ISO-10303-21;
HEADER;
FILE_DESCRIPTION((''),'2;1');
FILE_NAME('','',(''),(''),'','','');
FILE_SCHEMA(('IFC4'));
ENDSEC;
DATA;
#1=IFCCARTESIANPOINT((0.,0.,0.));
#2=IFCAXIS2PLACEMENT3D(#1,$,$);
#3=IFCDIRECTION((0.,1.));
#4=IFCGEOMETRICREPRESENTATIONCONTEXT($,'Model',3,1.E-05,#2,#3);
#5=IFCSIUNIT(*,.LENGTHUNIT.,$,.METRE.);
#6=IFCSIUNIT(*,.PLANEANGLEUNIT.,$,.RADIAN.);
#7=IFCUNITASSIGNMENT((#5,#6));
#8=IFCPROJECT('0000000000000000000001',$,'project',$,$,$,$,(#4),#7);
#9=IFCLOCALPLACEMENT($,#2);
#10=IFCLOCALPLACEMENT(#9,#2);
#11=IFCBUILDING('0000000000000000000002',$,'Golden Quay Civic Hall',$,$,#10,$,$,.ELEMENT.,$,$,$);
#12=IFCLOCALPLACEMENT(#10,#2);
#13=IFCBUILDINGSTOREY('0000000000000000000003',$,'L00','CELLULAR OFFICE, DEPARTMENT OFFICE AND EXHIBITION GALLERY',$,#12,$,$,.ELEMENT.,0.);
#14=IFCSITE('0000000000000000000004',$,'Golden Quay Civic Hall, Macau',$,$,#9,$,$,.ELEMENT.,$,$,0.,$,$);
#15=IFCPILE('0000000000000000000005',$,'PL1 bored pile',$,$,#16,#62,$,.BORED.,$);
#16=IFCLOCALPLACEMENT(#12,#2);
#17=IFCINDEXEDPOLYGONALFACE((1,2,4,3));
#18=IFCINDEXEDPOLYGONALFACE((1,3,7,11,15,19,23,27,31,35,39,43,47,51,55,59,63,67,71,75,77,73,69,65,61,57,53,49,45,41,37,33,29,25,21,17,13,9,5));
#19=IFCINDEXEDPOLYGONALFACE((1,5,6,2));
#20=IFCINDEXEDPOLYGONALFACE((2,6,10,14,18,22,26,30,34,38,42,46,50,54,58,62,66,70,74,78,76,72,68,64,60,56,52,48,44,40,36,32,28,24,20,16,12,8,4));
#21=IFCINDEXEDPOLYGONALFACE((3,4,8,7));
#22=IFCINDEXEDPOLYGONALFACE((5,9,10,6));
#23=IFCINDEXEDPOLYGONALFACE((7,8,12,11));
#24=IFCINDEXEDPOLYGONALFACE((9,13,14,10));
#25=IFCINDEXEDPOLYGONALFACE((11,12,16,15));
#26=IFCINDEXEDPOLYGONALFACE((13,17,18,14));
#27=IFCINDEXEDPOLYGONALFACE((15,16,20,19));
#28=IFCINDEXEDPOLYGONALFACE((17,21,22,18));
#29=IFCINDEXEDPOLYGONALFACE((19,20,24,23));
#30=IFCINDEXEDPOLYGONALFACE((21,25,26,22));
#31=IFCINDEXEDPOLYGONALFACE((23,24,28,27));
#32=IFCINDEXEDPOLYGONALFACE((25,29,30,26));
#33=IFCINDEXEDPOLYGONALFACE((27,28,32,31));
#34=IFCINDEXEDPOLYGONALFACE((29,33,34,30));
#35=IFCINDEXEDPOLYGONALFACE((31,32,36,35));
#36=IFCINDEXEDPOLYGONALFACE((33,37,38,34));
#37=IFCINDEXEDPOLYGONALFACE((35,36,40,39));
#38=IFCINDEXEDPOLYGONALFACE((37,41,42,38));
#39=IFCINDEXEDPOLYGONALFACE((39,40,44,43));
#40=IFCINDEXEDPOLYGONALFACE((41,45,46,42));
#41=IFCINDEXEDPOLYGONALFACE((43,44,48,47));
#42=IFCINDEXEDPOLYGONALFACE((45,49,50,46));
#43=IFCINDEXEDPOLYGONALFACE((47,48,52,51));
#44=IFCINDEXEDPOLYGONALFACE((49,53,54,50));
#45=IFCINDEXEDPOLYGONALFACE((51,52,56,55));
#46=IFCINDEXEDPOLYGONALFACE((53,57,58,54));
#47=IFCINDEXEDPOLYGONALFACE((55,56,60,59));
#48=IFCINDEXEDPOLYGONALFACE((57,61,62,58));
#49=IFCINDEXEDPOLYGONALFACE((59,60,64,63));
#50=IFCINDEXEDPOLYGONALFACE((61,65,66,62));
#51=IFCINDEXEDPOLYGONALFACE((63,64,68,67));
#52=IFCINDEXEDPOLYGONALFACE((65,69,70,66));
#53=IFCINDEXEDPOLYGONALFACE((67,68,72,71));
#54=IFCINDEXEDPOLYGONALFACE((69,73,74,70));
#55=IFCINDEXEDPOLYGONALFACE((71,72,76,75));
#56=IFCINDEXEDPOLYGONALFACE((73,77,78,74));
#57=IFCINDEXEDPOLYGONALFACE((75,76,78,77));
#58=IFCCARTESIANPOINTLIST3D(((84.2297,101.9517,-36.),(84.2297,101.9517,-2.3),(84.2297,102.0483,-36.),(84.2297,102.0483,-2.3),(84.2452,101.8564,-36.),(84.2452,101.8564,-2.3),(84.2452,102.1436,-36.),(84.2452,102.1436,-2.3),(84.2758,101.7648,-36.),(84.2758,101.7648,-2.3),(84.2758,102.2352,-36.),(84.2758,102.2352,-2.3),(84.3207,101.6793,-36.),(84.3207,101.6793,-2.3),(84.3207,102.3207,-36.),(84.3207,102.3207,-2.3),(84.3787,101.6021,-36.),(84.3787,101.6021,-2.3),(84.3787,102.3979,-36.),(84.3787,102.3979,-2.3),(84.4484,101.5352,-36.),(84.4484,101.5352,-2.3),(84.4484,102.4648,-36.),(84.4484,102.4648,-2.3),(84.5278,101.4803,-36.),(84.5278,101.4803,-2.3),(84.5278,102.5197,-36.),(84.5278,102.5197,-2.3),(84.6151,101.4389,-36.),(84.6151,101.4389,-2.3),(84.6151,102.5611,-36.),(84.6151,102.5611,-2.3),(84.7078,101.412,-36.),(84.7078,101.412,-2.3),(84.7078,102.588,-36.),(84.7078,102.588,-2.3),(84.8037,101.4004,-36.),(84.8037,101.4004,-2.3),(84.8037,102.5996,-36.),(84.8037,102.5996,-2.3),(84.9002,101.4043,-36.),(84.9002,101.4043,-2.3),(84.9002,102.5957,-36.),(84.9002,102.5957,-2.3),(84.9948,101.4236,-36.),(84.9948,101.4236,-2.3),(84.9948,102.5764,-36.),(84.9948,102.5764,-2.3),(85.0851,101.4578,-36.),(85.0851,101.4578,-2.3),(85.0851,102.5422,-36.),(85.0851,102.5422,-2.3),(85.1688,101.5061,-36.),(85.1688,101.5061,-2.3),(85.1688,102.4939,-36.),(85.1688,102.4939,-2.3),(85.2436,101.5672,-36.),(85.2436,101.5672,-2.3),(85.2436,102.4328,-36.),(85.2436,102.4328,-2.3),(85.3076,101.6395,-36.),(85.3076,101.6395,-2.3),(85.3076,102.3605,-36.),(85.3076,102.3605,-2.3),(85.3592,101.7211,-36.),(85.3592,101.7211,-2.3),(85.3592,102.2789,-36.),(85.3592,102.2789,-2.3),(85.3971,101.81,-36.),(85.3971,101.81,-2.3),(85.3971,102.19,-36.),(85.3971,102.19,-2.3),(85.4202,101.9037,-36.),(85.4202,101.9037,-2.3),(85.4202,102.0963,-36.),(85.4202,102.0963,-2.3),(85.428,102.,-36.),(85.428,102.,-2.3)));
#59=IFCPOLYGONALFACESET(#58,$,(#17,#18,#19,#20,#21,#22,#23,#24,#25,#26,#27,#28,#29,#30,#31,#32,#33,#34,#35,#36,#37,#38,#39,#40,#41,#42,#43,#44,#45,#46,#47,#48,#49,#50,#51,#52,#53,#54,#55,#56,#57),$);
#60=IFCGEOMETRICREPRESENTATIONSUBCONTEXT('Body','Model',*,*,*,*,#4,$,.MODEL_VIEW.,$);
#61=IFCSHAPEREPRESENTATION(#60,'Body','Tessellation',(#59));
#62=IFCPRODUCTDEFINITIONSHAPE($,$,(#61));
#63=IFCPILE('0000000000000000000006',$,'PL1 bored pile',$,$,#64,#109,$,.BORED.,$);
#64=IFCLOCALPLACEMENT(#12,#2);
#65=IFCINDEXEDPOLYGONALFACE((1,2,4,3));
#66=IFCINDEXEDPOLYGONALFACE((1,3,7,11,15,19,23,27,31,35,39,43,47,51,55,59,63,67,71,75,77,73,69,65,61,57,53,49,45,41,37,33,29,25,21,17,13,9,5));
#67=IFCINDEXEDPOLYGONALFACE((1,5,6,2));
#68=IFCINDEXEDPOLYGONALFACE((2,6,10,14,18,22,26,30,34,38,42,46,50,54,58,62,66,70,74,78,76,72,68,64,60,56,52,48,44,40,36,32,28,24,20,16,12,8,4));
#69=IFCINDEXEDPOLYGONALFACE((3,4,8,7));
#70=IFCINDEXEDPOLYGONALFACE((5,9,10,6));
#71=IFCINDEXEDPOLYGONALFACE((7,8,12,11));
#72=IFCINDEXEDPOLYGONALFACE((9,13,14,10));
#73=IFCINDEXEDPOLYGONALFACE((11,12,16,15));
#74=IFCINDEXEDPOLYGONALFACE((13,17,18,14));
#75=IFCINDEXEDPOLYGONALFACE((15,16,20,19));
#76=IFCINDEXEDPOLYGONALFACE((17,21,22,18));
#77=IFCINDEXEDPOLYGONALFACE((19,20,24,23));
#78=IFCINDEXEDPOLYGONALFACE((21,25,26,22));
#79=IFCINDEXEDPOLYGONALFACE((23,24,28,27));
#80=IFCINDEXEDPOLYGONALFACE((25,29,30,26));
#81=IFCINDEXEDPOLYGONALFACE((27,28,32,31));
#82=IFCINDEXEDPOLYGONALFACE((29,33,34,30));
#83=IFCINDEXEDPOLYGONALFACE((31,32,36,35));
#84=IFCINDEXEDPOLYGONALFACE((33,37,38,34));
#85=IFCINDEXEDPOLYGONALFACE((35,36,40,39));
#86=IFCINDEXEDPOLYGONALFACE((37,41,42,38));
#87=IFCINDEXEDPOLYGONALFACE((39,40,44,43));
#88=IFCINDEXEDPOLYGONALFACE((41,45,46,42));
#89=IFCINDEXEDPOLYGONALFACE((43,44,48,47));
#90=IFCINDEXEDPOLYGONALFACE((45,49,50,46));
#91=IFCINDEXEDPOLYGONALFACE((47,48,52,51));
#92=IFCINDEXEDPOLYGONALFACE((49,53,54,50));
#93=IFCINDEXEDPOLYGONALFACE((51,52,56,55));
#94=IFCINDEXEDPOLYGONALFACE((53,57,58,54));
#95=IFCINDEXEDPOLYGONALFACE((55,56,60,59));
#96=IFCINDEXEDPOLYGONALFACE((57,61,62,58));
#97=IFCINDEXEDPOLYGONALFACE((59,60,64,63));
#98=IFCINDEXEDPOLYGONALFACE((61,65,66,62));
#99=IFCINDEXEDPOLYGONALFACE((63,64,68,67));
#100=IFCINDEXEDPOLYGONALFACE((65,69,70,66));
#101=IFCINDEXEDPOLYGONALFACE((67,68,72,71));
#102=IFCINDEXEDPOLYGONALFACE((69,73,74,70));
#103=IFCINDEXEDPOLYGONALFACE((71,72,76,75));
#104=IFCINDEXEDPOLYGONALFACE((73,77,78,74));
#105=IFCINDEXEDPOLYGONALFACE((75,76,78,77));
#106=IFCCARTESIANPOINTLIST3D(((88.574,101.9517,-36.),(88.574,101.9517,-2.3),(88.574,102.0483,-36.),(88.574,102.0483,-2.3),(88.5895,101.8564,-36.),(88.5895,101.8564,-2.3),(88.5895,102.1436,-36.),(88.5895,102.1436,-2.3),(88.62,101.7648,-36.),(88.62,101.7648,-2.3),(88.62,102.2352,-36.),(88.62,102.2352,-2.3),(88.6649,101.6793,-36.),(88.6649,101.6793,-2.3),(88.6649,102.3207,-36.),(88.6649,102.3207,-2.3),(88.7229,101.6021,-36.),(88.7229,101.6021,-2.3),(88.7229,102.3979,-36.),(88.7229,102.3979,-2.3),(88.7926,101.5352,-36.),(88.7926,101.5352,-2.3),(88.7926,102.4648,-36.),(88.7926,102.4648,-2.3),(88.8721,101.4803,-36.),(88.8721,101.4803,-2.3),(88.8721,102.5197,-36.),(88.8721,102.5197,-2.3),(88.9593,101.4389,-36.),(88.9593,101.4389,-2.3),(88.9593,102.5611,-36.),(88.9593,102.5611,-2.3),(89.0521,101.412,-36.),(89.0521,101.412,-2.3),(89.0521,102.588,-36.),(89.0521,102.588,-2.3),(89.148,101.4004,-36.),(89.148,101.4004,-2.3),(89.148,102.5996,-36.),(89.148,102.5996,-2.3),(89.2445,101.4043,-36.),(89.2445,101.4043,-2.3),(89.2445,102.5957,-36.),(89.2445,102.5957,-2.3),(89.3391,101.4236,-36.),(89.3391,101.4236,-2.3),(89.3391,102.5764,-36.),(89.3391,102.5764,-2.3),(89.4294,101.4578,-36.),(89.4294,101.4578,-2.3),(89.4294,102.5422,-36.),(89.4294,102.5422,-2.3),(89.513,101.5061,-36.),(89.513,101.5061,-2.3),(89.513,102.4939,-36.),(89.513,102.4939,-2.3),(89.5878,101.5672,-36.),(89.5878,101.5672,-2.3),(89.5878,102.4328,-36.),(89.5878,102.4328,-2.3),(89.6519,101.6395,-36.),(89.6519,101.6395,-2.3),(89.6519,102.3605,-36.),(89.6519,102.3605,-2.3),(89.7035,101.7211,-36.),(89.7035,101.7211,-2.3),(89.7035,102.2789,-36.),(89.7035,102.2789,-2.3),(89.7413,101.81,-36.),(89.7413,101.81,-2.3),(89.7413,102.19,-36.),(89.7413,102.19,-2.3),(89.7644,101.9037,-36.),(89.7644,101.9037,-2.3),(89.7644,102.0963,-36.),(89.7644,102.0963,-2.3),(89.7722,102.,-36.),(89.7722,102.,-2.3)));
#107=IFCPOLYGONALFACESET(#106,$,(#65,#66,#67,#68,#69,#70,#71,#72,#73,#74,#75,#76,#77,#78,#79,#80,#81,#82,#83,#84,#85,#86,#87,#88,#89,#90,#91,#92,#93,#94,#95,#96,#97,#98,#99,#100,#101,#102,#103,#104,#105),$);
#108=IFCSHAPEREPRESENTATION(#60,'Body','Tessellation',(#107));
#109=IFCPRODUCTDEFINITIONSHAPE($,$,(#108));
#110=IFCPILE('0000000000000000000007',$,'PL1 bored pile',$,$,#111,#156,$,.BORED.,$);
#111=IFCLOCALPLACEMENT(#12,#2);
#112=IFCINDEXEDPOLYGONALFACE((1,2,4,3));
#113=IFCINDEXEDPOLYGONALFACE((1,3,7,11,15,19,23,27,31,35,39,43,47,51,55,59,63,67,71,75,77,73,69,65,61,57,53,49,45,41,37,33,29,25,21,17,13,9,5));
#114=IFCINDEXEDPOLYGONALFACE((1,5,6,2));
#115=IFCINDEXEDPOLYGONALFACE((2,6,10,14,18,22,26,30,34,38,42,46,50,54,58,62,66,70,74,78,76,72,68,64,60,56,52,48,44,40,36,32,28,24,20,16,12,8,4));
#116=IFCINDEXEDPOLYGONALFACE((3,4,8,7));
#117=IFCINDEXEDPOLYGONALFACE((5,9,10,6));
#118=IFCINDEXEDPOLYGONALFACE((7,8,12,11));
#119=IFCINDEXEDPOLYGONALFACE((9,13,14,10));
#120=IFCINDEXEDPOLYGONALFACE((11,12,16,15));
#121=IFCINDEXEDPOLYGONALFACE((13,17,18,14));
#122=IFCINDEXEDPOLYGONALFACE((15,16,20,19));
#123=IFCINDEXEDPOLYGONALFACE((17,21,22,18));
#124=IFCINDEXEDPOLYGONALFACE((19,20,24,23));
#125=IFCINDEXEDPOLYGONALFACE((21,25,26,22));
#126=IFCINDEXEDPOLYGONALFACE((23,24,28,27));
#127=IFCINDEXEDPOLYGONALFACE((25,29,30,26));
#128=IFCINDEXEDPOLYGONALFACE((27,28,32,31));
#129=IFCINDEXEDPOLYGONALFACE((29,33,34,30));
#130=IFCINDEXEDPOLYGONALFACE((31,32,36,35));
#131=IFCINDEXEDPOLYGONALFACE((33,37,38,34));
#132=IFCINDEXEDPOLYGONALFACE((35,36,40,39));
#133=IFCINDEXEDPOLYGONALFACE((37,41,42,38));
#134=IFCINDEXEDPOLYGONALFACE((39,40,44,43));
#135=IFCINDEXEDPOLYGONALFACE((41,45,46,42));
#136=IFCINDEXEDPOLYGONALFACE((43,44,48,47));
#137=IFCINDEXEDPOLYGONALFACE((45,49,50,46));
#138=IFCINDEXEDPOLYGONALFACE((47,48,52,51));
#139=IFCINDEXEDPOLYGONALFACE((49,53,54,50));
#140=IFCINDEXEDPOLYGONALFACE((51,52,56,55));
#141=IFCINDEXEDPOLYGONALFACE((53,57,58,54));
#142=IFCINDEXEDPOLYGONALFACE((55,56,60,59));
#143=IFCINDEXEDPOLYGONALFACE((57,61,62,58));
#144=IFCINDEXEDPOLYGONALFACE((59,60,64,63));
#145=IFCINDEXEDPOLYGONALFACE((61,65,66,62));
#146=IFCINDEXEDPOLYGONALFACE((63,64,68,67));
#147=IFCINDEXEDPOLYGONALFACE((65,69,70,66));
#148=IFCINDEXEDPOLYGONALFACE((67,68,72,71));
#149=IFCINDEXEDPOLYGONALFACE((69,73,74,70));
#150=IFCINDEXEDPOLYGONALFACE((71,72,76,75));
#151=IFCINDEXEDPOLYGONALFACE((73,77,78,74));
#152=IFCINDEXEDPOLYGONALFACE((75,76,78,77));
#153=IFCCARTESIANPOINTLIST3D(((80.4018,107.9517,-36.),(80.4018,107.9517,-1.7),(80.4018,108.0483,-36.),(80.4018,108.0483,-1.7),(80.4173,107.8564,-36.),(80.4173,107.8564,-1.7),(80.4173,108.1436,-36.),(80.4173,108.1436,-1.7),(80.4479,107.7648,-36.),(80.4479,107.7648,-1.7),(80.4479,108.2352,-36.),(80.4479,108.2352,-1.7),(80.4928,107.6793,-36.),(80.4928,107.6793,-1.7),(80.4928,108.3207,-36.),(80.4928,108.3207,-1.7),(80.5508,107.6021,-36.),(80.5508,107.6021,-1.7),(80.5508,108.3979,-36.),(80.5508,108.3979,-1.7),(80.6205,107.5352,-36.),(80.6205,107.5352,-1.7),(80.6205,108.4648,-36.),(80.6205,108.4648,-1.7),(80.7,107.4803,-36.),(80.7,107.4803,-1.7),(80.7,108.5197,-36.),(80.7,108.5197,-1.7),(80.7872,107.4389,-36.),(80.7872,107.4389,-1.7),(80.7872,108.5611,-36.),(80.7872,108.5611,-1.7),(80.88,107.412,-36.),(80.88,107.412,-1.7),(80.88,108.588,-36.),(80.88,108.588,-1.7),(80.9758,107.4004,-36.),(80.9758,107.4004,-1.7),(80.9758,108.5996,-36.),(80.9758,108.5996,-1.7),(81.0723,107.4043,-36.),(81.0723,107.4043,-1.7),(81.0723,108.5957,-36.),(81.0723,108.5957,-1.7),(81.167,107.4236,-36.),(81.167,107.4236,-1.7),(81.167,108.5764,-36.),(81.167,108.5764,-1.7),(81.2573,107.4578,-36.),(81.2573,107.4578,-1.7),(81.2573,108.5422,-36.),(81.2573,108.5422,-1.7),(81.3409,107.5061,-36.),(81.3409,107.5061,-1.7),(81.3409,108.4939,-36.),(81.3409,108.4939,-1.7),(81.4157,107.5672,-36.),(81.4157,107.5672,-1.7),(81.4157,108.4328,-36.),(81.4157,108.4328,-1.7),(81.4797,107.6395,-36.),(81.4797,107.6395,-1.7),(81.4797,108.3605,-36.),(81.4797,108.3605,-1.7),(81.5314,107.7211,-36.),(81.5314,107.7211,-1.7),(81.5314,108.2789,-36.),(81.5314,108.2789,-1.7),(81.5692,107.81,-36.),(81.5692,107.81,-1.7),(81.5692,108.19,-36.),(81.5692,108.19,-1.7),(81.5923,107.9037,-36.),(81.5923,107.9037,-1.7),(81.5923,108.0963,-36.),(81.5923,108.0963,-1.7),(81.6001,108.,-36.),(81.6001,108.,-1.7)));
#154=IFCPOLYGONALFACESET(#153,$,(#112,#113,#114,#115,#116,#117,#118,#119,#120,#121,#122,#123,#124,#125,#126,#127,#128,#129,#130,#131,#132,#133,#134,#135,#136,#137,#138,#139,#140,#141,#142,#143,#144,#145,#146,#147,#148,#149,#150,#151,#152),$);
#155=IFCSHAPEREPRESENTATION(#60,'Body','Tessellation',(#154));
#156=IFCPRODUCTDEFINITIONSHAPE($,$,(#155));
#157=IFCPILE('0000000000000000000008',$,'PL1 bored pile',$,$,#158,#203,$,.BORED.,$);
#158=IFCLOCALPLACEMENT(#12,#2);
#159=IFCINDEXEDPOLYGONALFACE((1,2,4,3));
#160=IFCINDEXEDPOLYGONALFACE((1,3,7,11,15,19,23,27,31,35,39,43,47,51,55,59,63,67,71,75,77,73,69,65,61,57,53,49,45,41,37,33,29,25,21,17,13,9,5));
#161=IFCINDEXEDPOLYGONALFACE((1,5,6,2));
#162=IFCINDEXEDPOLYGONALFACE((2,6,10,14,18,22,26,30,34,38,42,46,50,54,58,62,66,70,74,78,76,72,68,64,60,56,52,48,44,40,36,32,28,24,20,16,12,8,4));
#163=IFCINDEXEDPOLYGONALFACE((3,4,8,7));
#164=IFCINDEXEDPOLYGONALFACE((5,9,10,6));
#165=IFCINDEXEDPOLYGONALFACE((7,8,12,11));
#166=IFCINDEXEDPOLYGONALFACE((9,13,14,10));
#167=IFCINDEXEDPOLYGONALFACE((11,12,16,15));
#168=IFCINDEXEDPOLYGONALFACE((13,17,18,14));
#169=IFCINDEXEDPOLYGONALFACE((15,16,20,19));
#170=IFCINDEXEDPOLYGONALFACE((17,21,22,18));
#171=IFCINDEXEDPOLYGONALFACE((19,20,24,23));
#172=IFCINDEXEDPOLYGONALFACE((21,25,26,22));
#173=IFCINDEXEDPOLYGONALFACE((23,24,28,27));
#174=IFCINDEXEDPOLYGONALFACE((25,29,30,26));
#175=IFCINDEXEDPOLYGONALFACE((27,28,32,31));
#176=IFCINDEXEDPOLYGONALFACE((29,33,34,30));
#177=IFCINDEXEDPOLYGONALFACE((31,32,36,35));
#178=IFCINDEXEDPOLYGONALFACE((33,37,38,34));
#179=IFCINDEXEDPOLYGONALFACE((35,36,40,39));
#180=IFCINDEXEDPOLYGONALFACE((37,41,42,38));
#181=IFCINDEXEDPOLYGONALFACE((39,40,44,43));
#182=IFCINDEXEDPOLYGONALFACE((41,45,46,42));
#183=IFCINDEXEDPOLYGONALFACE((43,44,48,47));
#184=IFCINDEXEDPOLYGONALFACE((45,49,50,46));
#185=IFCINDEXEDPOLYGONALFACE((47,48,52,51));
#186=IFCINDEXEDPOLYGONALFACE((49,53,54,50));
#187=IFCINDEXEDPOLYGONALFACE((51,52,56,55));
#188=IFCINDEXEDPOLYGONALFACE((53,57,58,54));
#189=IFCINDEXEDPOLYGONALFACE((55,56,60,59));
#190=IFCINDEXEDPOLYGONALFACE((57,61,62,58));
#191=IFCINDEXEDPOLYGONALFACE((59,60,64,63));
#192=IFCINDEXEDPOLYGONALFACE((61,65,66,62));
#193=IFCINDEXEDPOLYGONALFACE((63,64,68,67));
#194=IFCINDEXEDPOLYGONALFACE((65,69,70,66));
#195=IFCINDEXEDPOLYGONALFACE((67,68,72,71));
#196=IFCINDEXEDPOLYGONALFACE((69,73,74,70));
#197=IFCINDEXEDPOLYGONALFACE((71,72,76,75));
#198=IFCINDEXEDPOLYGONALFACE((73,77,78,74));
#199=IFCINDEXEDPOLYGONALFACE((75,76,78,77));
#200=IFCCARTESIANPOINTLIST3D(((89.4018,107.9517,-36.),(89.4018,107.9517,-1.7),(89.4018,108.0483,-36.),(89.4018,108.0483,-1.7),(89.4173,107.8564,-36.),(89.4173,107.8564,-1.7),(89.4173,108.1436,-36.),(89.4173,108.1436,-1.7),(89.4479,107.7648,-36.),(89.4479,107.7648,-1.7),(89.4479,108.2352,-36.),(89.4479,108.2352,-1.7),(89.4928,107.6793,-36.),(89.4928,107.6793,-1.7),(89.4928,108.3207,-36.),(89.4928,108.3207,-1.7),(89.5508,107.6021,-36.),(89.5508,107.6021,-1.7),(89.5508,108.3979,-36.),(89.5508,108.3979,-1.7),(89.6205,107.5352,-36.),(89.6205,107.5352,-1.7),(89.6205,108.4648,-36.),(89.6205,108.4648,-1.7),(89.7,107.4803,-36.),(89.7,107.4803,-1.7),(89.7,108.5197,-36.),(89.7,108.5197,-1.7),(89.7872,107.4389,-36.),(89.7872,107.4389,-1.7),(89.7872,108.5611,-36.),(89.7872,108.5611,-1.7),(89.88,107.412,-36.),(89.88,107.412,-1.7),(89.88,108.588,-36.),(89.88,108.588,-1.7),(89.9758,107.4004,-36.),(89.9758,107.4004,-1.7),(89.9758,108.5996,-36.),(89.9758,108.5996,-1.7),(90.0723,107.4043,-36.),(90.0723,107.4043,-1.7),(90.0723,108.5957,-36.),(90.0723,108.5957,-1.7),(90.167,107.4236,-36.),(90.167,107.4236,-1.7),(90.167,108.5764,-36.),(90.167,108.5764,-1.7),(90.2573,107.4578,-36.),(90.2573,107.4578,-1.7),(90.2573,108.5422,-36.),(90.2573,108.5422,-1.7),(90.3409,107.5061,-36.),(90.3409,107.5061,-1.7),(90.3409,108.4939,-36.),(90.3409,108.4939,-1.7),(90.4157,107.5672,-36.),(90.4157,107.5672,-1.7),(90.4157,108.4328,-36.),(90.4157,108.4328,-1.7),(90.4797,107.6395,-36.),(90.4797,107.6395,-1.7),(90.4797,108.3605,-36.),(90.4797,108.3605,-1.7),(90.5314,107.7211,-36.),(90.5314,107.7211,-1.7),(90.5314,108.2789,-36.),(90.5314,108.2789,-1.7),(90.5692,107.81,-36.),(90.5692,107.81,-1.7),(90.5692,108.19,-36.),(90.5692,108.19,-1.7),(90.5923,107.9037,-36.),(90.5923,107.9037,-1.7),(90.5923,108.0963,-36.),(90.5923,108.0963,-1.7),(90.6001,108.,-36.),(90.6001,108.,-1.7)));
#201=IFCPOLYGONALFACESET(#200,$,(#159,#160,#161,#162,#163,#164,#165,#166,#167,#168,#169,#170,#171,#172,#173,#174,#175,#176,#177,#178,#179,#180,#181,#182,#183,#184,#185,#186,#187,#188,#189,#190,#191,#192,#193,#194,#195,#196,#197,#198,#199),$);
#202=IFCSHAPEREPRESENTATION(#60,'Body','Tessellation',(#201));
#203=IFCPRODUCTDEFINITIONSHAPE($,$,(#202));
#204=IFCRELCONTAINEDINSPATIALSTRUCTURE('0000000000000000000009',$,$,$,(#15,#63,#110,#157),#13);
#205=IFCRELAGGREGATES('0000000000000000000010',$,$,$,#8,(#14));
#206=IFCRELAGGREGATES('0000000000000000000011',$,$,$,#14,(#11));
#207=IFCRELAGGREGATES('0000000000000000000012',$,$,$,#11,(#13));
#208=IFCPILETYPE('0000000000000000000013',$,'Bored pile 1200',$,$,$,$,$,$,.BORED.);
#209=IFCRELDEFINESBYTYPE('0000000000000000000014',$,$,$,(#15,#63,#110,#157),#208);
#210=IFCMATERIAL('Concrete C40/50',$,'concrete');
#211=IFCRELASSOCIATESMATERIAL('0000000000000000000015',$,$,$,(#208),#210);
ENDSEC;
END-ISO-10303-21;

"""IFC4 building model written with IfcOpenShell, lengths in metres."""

from ifc_helpers import new_model, si_unit, direction, frame, origin, origin_2d, place, context, subcontext, project, spatial, circle, extrude, material, material_profile, profile_set, type_object, element, save


model = new_model("IFC4")

# Units and contexts
model_context = context("Model", 3, precision=1e-05, world=origin(), true_north=direction((0.0, 1.0)))
body_context = subcontext(model_context, "Body", "Model", "MODEL_VIEW")
ifc_project = project(units=[si_unit("LENGTHUNIT", "METRE"), si_unit("PLANEANGLEUNIT", "RADIAN")], contexts=[model_context])

# Site, building, storey
site_placement = place(None, origin())
site = spatial("IfcSite", under=ifc_project, at=site_placement, Name="Golden Quay Civic Hall, Macau", CompositionType="ELEMENT", RefElevation=0.0)
building_placement = place(site_placement, origin())
building = spatial("IfcBuilding", under=site, at=building_placement, Name="Golden Quay Civic Hall", CompositionType="ELEMENT")
storey_placement = place(building_placement, origin())
storey = spatial("IfcBuildingStorey", under=building, at=storey_placement, Name="L00", Description="CELLULAR OFFICE, DEPARTMENT OFFICE AND EXHIBITION GALLERY", CompositionType="ELEMENT", Elevation=0.0)

# Piles
ifc_material_1 = material(Name="Concrete C40/50", Category="concrete")
ifc_material_profile_1 = material_profile(ifc_material_1, circle(Radius=0.6001, at=origin_2d()), Name="RC D1200")
ifc_profile_set_1 = profile_set([ifc_material_profile_1], Name="Concrete C40/50")
pile_type_1 = type_object("IfcPileType", Name="Bored pile 1200", PredefinedType="BORED", material=ifc_profile_set_1)
for number, where, z_axis, x_axis, name in (
    (1, (84.8279, 102.0, -2.3), (0.0, 0.0, -1.0), (1.0, 0.0, 0.0), "PL1 bored pile"),
    (2, (89.1721, 102.0, -2.3), (0.0, 0.0, -1.0), (1.0, 0.0, 0.0), "PL1 bored pile"),
):
    element("IfcPile", number, at=place(storey_placement, frame(where, z_axis=z_axis, x_axis=x_axis)), inside=storey, type_object=pile_type_1, Name=name, PredefinedType="BORED", context=body_context, shape_type="SweptSolid", body=[
        extrude(circle(Radius=0.6001, at=origin_2d()), origin(), (0.0, 0.0, 1.0), 33.7),
    ])
for number, where, z_axis, x_axis, name in (
    (3, (81.0, 108.0, -1.7), (0.0, 0.0, -1.0), (1.0, 0.0, 0.0), "PL1 bored pile"),
    (4, (90.0, 108.0, -1.7), (0.0, 0.0, -1.0), (1.0, 0.0, 0.0), "PL1 bored pile"),
):
    element("IfcPile", number, at=place(storey_placement, frame(where, z_axis=z_axis, x_axis=x_axis)), inside=storey, type_object=pile_type_1, Name=name, PredefinedType="BORED", context=body_context, shape_type="SweptSolid", body=[
        extrude(circle(Radius=0.6001, at=origin_2d()), origin(), (0.0, 0.0, 1.0), 34.3),
    ])

save(model, "model.ifc")
